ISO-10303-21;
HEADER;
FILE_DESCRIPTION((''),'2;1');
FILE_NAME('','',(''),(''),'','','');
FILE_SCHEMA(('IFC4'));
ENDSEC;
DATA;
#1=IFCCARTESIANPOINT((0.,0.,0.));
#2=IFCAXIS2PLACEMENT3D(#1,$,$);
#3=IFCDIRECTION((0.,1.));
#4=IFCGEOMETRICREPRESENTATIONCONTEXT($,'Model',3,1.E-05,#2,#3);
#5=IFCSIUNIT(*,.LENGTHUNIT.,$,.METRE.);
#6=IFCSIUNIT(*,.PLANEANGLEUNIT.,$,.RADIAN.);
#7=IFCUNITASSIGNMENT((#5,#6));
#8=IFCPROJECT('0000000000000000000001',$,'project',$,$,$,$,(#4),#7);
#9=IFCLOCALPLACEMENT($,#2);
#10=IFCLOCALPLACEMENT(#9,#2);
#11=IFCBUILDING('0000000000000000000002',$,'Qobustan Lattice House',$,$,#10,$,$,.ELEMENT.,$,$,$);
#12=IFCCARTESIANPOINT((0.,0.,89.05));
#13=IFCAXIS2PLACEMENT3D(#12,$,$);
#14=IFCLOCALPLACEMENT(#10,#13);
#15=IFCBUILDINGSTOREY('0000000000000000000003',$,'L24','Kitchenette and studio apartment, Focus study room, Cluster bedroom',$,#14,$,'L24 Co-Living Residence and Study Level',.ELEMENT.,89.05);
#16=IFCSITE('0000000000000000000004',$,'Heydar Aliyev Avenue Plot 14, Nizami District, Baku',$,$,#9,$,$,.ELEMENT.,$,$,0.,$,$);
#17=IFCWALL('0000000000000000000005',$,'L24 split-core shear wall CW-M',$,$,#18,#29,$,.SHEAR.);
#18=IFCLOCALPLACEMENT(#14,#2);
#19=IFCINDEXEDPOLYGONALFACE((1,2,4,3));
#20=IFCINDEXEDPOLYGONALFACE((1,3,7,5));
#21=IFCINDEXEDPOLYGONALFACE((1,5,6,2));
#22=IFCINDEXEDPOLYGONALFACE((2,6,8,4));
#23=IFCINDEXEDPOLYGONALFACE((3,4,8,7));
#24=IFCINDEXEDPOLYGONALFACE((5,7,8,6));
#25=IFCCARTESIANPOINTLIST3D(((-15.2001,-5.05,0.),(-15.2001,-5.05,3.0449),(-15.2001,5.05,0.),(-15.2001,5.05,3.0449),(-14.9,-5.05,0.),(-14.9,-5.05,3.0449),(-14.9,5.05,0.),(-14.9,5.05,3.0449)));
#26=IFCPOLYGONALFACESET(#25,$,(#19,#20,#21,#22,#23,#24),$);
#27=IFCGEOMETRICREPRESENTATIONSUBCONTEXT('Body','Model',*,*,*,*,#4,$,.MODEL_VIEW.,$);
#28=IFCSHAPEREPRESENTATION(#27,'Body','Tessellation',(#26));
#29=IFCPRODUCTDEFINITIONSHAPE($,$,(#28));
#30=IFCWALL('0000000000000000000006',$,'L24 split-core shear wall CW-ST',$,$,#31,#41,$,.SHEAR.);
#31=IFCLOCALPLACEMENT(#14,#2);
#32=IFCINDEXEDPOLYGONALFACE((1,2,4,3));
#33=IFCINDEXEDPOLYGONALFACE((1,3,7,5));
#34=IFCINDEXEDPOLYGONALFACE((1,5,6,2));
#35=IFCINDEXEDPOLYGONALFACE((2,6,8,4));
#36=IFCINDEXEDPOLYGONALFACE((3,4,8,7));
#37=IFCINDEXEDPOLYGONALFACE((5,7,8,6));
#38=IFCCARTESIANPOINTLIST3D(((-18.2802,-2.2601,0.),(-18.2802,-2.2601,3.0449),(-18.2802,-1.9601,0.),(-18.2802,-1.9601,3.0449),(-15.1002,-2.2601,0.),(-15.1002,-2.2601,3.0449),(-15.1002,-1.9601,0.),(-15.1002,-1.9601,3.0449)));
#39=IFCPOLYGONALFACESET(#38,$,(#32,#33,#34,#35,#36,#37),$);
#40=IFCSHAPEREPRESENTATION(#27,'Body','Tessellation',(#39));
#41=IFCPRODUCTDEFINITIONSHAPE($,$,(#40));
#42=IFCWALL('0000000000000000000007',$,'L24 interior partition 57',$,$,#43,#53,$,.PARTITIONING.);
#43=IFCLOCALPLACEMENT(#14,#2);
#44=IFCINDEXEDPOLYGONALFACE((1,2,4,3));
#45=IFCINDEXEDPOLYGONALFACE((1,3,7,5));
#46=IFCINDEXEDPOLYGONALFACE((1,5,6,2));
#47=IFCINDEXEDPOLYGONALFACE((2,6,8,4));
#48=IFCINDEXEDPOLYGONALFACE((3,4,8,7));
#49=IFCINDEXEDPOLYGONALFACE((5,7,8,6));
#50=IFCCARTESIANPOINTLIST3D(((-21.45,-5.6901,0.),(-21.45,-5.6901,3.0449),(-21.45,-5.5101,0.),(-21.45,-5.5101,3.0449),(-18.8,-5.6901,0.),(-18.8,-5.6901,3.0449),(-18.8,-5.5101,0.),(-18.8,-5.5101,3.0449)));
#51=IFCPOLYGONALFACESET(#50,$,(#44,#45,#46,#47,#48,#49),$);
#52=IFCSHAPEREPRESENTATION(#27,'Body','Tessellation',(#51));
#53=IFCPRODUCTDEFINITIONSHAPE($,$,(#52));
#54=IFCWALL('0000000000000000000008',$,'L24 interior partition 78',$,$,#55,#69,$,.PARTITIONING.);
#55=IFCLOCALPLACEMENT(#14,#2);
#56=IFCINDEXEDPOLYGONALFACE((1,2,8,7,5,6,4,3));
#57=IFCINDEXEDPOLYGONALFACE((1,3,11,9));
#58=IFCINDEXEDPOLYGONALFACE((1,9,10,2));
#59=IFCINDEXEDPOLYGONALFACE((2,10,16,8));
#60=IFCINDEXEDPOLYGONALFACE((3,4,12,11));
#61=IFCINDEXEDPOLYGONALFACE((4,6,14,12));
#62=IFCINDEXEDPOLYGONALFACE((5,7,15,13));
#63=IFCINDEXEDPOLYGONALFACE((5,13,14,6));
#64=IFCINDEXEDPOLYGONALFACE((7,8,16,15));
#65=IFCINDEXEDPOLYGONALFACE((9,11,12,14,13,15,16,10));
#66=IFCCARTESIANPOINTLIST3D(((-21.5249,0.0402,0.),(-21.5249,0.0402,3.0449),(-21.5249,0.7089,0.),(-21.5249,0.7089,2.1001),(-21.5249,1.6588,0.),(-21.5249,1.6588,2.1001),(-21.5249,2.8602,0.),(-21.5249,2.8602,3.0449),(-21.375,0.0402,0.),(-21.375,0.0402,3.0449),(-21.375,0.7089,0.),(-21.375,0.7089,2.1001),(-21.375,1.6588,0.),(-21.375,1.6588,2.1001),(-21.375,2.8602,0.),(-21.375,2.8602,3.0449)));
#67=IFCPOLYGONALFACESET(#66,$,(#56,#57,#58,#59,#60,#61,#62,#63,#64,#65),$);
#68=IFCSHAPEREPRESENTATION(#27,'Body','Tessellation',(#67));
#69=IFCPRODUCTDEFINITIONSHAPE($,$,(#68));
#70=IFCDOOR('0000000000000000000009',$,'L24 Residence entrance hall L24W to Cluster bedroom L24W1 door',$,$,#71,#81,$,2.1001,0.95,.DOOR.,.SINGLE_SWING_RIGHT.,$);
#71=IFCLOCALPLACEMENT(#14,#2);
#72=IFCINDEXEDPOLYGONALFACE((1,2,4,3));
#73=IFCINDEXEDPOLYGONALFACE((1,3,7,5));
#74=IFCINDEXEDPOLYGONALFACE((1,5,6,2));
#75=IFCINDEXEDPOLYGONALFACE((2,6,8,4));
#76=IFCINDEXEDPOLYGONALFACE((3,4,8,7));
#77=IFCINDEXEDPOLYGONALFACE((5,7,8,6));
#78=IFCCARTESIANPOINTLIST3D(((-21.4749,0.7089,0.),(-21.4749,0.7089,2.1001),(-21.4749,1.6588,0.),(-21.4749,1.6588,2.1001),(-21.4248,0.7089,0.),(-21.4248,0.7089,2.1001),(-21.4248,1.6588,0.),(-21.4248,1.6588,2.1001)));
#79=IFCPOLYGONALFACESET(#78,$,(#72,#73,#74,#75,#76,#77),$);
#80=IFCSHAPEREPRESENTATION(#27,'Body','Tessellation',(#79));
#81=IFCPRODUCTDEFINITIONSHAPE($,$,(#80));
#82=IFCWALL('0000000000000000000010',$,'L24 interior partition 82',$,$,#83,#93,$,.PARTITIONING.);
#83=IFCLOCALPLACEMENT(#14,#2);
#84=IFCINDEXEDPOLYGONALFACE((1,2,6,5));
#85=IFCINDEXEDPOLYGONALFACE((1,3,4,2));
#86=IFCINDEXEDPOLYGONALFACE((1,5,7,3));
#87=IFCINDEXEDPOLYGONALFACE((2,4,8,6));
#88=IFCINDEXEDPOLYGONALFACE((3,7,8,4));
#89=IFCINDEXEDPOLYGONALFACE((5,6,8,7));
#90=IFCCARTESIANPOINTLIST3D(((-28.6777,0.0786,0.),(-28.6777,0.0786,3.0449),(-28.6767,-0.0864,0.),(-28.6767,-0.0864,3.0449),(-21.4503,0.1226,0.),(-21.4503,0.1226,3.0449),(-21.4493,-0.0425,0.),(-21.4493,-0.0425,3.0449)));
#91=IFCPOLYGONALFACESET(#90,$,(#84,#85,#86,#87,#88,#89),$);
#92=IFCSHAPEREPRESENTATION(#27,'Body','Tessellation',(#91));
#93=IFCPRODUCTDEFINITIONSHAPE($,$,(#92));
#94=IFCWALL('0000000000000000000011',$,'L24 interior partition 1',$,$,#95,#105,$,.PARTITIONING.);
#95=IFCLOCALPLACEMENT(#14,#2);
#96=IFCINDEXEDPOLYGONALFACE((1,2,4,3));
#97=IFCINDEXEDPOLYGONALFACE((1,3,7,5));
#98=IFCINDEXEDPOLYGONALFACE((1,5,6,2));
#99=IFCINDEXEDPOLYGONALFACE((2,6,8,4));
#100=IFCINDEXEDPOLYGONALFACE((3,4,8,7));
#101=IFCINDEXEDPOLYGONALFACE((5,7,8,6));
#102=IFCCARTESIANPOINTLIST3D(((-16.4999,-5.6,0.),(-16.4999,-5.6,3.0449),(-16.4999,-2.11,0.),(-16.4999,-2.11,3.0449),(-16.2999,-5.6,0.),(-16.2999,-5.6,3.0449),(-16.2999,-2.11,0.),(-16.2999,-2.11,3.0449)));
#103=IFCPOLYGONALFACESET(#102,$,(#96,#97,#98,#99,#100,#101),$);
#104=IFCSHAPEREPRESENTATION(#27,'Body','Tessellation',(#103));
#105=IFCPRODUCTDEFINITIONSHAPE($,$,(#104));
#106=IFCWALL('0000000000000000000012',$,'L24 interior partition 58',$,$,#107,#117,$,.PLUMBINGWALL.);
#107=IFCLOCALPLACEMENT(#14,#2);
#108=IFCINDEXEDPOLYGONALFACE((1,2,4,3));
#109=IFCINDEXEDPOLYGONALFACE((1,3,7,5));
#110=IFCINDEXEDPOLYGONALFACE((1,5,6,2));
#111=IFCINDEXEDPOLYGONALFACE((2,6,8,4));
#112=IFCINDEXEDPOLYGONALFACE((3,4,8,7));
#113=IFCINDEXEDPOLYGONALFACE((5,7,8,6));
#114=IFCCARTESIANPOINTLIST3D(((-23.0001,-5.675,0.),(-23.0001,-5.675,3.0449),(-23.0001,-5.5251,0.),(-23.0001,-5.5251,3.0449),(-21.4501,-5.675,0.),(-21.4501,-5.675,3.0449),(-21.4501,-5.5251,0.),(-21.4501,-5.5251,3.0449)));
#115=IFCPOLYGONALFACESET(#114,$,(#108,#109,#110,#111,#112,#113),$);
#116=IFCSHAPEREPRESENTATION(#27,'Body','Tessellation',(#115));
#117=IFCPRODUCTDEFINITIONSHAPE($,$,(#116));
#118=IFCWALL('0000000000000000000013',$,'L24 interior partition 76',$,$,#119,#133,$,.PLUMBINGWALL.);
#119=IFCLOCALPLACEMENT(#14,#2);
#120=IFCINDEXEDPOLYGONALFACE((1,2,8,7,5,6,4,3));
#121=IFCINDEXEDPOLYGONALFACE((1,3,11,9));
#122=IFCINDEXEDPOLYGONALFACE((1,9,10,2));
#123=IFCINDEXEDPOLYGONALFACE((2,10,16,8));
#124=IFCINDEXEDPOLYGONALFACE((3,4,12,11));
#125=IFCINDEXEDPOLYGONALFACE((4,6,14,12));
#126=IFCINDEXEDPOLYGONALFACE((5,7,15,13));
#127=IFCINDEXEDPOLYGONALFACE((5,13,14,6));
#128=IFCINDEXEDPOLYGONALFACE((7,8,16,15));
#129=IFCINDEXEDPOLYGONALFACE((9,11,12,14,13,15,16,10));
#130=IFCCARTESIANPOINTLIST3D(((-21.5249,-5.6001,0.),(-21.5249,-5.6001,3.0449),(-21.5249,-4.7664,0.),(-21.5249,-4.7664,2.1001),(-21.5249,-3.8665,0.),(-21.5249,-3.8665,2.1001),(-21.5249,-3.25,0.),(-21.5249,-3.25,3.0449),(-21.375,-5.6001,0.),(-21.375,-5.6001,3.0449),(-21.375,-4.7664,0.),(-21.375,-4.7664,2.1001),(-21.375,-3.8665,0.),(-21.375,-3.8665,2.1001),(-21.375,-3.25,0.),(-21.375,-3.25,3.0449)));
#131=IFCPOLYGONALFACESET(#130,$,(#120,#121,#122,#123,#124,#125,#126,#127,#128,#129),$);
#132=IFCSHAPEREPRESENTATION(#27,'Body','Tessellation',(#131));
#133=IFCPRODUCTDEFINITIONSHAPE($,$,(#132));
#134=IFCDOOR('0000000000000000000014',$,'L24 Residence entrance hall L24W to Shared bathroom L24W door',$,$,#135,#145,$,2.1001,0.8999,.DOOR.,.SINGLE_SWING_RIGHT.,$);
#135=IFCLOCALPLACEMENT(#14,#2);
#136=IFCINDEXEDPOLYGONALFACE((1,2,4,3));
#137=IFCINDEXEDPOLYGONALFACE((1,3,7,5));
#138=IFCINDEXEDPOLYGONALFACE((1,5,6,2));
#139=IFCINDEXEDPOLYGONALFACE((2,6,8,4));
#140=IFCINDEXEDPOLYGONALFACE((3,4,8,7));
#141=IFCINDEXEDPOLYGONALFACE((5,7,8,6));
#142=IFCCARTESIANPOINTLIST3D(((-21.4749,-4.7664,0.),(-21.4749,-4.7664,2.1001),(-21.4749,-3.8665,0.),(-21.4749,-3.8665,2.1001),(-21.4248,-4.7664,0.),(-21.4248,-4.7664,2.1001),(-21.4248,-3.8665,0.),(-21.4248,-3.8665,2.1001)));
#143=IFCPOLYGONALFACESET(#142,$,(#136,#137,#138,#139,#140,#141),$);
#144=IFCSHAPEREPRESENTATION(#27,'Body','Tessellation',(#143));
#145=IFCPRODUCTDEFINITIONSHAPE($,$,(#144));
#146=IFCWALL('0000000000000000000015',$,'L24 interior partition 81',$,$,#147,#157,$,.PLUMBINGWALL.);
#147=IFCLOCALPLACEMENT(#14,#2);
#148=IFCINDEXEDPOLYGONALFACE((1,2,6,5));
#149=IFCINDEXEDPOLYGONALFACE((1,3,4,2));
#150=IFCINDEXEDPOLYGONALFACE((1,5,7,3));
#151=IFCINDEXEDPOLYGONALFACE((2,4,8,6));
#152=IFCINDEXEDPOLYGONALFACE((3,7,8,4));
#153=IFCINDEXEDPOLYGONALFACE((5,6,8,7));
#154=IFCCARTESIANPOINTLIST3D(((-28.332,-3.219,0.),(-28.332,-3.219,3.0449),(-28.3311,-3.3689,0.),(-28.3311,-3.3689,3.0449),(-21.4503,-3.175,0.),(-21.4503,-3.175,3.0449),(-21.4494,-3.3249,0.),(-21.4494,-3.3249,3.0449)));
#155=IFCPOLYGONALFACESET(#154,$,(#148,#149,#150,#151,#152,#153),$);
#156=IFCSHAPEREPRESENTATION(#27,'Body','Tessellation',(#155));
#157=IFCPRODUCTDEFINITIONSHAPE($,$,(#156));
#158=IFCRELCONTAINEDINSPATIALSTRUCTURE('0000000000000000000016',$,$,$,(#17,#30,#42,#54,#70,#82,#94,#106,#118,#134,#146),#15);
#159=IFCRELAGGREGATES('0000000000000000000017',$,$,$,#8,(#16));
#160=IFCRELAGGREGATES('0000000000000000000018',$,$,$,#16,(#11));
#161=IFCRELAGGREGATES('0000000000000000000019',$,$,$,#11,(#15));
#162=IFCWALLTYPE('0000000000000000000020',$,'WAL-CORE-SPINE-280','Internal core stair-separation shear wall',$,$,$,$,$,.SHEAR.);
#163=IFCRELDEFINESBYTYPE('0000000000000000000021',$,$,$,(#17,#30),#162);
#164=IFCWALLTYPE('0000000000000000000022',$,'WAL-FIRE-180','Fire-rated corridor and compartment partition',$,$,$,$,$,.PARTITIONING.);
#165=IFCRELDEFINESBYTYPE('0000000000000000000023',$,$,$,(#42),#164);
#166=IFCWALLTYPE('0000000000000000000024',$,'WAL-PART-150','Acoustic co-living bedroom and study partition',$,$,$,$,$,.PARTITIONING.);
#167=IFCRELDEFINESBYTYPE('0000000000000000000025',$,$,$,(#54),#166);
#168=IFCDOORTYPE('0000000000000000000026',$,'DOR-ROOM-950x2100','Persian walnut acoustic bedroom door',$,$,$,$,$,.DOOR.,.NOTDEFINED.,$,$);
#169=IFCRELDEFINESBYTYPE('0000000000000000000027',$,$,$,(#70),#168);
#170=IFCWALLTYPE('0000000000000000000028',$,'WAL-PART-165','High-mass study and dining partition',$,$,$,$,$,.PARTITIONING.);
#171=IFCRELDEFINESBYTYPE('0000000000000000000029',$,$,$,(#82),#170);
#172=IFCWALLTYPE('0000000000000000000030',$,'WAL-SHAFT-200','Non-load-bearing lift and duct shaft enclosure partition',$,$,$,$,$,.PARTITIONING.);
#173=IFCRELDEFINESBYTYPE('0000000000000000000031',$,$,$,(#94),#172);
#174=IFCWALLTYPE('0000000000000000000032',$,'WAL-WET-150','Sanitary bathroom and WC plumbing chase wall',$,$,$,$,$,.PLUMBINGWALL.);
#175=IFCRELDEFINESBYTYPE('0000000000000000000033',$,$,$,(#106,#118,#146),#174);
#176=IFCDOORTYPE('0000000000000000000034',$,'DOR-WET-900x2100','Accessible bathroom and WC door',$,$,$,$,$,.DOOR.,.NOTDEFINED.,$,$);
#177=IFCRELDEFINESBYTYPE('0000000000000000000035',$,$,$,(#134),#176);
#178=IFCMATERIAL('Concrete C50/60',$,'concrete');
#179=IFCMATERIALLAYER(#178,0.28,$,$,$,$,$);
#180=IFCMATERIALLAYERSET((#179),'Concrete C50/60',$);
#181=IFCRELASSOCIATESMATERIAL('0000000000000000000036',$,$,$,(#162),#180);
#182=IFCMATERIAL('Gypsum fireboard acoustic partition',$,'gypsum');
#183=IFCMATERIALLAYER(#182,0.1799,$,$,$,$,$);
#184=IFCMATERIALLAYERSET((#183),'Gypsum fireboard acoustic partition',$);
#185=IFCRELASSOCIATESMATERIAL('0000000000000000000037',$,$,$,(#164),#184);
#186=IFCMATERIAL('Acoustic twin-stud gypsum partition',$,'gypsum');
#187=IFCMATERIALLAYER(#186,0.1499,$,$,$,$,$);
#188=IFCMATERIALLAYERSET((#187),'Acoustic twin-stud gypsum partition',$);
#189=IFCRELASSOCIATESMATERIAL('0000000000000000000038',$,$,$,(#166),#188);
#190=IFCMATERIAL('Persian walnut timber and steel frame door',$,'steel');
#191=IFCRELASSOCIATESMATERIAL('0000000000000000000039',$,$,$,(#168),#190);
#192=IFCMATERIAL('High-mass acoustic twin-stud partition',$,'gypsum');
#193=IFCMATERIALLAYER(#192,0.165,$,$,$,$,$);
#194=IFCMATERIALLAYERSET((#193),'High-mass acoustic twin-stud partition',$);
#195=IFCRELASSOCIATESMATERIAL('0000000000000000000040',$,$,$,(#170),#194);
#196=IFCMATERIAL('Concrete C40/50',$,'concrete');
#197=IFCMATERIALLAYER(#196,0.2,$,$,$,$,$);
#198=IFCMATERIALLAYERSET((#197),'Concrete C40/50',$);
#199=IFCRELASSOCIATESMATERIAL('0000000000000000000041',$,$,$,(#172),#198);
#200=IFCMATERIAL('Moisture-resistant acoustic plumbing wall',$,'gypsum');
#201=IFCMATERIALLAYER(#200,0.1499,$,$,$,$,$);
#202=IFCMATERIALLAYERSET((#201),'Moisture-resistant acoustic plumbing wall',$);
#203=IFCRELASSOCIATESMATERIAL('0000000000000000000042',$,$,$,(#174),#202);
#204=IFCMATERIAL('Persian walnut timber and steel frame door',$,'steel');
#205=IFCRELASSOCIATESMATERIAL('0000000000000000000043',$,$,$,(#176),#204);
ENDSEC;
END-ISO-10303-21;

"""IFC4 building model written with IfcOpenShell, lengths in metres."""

from ifc_helpers import new_model, si_unit, direction, frame, frame_2d, origin, place, context, subcontext, project, spatial, rectangle, extrude, material, layer, layer_set, type_object, element, fill, save


model = new_model("IFC4")

# Units and contexts
model_context = context("Model", 3, precision=1e-05, world=origin(), true_north=direction((0.0, 1.0)))
body_context = subcontext(model_context, "Body", "Model", "MODEL_VIEW")
ifc_project = project(units=[si_unit("LENGTHUNIT", "METRE"), si_unit("PLANEANGLEUNIT", "RADIAN")], contexts=[model_context])

# Site, building, storey
site_placement = place(None, origin())
site = spatial("IfcSite", under=ifc_project, at=site_placement, Name="Heydar Aliyev Avenue Plot 14, Nizami District, Baku", CompositionType="ELEMENT", RefElevation=0.0)
building_placement = place(site_placement, origin())
building = spatial("IfcBuilding", under=site, at=building_placement, Name="Qobustan Lattice House", CompositionType="ELEMENT")
storey_placement = place(building_placement, frame((0.0, 0.0, 89.05)))
storey = spatial("IfcBuildingStorey", under=building, at=storey_placement, Name="L24", Description="Kitchenette and studio apartment, Focus study room, Cluster bedroom", LongName="L24 Co-Living Residence and Study Level", CompositionType="ELEMENT", Elevation=89.05)

# Walls
ifc_material_1 = material(Name="Concrete C50/60", Category="concrete")
ifc_layer_1 = layer(ifc_material_1, 0.28)
ifc_layer_set_1 = layer_set([ifc_layer_1], Name="Concrete C50/60")
wall_type_1 = type_object("IfcWallType", Name="WAL-CORE-SPINE-280", Description="Internal core stair-separation shear wall", PredefinedType="SHEAR", material=ifc_layer_set_1)
wall_1_placement = place(storey_placement, frame((-15.05, -5.05, 0.0), z_axis=(0.0, 0.0, 1.0), x_axis=(0.0, 1.0, 0.0)))
element("IfcWall", 1, at=wall_1_placement, inside=storey, type_object=wall_type_1, Name="L24 split-core shear wall CW-M", PredefinedType="SHEAR", context=body_context, shape_type="SweptSolid", body=[
    extrude(rectangle(XDim=10.1001, YDim=0.3, at=frame_2d((5.05, 0.0))), origin(), (0.0, 0.0, 1.0), 3.0449),
])
wall_2_placement = place(storey_placement, frame((-18.28, -2.1101, 0.0), z_axis=(0.0, 0.0, 1.0), x_axis=(1.0, 0.0, 0.0)))
element("IfcWall", 2, at=wall_2_placement, inside=storey, type_object=wall_type_1, Name="L24 split-core shear wall CW-ST", PredefinedType="SHEAR", context=body_context, shape_type="SweptSolid", body=[
    extrude(rectangle(XDim=3.1799, YDim=0.3, at=frame_2d((1.5898, 0.0))), origin(), (0.0, 0.0, 1.0), 3.0449),
])
ifc_material_2 = material(Name="Gypsum fireboard acoustic partition", Category="gypsum")
ifc_layer_2 = layer(ifc_material_2, 0.1799)
ifc_layer_set_2 = layer_set([ifc_layer_2], Name="Gypsum fireboard acoustic partition")
wall_type_2 = type_object("IfcWallType", Name="WAL-FIRE-180", Description="Fire-rated corridor and compartment partition", PredefinedType="PARTITIONING", material=ifc_layer_set_2)
wall_3_placement = place(storey_placement, frame((-21.45, -5.6001, 0.0), z_axis=(0.0, 0.0, 1.0), x_axis=(1.0, 0.0, 0.0)))
element("IfcWall", 3, at=wall_3_placement, inside=storey, type_object=wall_type_2, Name="L24 interior partition 57", PredefinedType="PARTITIONING", context=body_context, shape_type="SweptSolid", body=[
    extrude(rectangle(XDim=2.6499, YDim=0.1799, at=frame_2d((1.325, 0.0))), origin(), (0.0, 0.0, 1.0), 3.0449),
])

# Wall, opening, door
ifc_material_3 = material(Name="Acoustic twin-stud gypsum partition", Category="gypsum")
ifc_layer_3 = layer(ifc_material_3, 0.1499)
ifc_layer_set_3 = layer_set([ifc_layer_3], Name="Acoustic twin-stud gypsum partition")
wall_type_3 = type_object("IfcWallType", Name="WAL-PART-150", Description="Acoustic co-living bedroom and study partition", PredefinedType="PARTITIONING", material=ifc_layer_set_3)
wall_4_placement = place(storey_placement, frame((-21.45, 0.04, 0.0), z_axis=(0.0, 0.0, 1.0), x_axis=(0.0, 1.0, 0.0)))
wall_4 = element("IfcWall", 4, at=wall_4_placement, inside=storey, type_object=wall_type_3, Name="L24 interior partition 78", PredefinedType="PARTITIONING", context=body_context, shape_type="SweptSolid", body=[
    extrude(rectangle(XDim=2.8201, YDim=0.1499, at=frame_2d((1.4102, 0.0))), origin(), (0.0, 0.0, 1.0), 3.0449),
])
opening_1_placement = place(wall_4_placement, frame((0.6687, 0.0, 0.0)))
opening_1 = element("IfcOpeningElement", 5, at=opening_1_placement, cuts=wall_4, PredefinedType="OPENING", context=body_context, shape_type="SweptSolid", body=[
    extrude(rectangle(XDim=0.95, YDim=2.1001, at=frame_2d((0.4751, 1.05))), frame((0.0, 0.085, 0.0), z_axis=(0.0, -1.0, 0.0), x_axis=(1.0, 0.0, 0.0)), (0.0, 0.0, 1.0), 0.1699),
])
ifc_material_4 = material(Name="Persian walnut timber and steel frame door", Category="steel")
door_type_1 = type_object("IfcDoorType", Name="DOR-ROOM-950x2100", Description="Persian walnut acoustic bedroom door", OperationType="NOTDEFINED", PredefinedType="DOOR", material=ifc_material_4)
door_1_placement = place(opening_1_placement, origin())
door_1 = element("IfcDoor", 6, at=door_1_placement, inside=storey, type_object=door_type_1, Name="L24 Residence entrance hall L24W to Cluster bedroom L24W1 door", OperationType="SINGLE_SWING_RIGHT", OverallHeight=2.1001, OverallWidth=0.95, PredefinedType="DOOR", context=body_context, shape_type="SweptSolid", body=[
    extrude(rectangle(XDim=0.95, YDim=2.1001, at=frame_2d((0.4751, 1.05))), frame((0.0, 0.0249, 0.0), z_axis=(0.0, -1.0, 0.0), x_axis=(1.0, 0.0, 0.0)), (0.0, 0.0, 1.0), 0.05),
])
fill(opening_1, door_1)
ifc_material_5 = material(Name="High-mass acoustic twin-stud partition", Category="gypsum")
ifc_layer_4 = layer(ifc_material_5, 0.165)
ifc_layer_set_4 = layer_set([ifc_layer_4], Name="High-mass acoustic twin-stud partition")
wall_type_4 = type_object("IfcWallType", Name="WAL-PART-165", Description="High-mass study and dining partition", PredefinedType="PARTITIONING", material=ifc_layer_set_4)

# Walls
wall_5_placement = place(storey_placement, frame((-28.6772, -0.0039, 0.0), z_axis=(0.0, 0.0, 1.0), x_axis=(0.999982, 0.00608, 0.0)))
element("IfcWall", 7, at=wall_5_placement, inside=storey, type_object=wall_type_4, Name="L24 interior partition 82", PredefinedType="PARTITIONING", context=body_context, shape_type="SweptSolid", body=[
    extrude(rectangle(XDim=7.2275, YDim=0.165, at=frame_2d((3.6138, 0.0))), origin(), (0.0, 0.0, 1.0), 3.0449),
])
ifc_material_6 = material(Name="Concrete C40/50", Category="concrete")
ifc_layer_5 = layer(ifc_material_6, 0.2)
ifc_layer_set_5 = layer_set([ifc_layer_5], Name="Concrete C40/50")
wall_type_5 = type_object("IfcWallType", Name="WAL-SHAFT-200", Description="Non-load-bearing lift and duct shaft enclosure partition", PredefinedType="PARTITIONING", material=ifc_layer_set_5)
wall_6_placement = place(storey_placement, frame((-16.3999, -5.6001, 0.0), z_axis=(0.0, 0.0, 1.0), x_axis=(0.0, 1.0, 0.0)))
element("IfcWall", 8, at=wall_6_placement, inside=storey, type_object=wall_type_5, Name="L24 interior partition 1", PredefinedType="PARTITIONING", context=body_context, shape_type="SweptSolid", body=[
    extrude(rectangle(XDim=3.49, YDim=0.2, at=frame_2d((1.7451, 0.0))), origin(), (0.0, 0.0, 1.0), 3.0449),
])
ifc_material_7 = material(Name="Moisture-resistant acoustic plumbing wall", Category="gypsum")
ifc_layer_6 = layer(ifc_material_7, 0.1499)
ifc_layer_set_6 = layer_set([ifc_layer_6], Name="Moisture-resistant acoustic plumbing wall")
wall_type_6 = type_object("IfcWallType", Name="WAL-WET-150", Description="Sanitary bathroom and WC plumbing chase wall", PredefinedType="PLUMBINGWALL", material=ifc_layer_set_6)
wall_7_placement = place(storey_placement, frame((-23.0, -5.6001, 0.0), z_axis=(0.0, 0.0, 1.0), x_axis=(1.0, 0.0, 0.0)))
element("IfcWall", 9, at=wall_7_placement, inside=storey, type_object=wall_type_6, Name="L24 interior partition 58", PredefinedType="PLUMBINGWALL", context=body_context, shape_type="SweptSolid", body=[
    extrude(rectangle(XDim=1.55, YDim=0.1499, at=frame_2d((0.7749, 0.0))), origin(), (0.0, 0.0, 1.0), 3.0449),
])

# Wall, opening, door
wall_8_placement = place(storey_placement, frame((-21.45, -5.6001, 0.0), z_axis=(0.0, 0.0, 1.0), x_axis=(0.0, 1.0, 0.0)))
wall_8 = element("IfcWall", 10, at=wall_8_placement, inside=storey, type_object=wall_type_6, Name="L24 interior partition 76", PredefinedType="PLUMBINGWALL", context=body_context, shape_type="SweptSolid", body=[
    extrude(rectangle(XDim=2.3501, YDim=0.1499, at=frame_2d((1.175, 0.0))), origin(), (0.0, 0.0, 1.0), 3.0449),
])
opening_2_placement = place(wall_8_placement, frame((0.8337, 0.0, 0.0)))
opening_2 = element("IfcOpeningElement", 11, at=opening_2_placement, cuts=wall_8, PredefinedType="OPENING", context=body_context, shape_type="SweptSolid", body=[
    extrude(rectangle(XDim=0.8999, YDim=2.1001, at=frame_2d((0.45, 1.05))), frame((0.0, 0.085, 0.0), z_axis=(0.0, -1.0, 0.0), x_axis=(1.0, 0.0, 0.0)), (0.0, 0.0, 1.0), 0.1699),
])
ifc_material_8 = material(Name="Persian walnut timber and steel frame door", Category="steel")
door_type_2 = type_object("IfcDoorType", Name="DOR-WET-900x2100", Description="Accessible bathroom and WC door", OperationType="NOTDEFINED", PredefinedType="DOOR", material=ifc_material_8)
door_2_placement = place(opening_2_placement, origin())
door_2 = element("IfcDoor", 12, at=door_2_placement, inside=storey, type_object=door_type_2, Name="L24 Residence entrance hall L24W to Shared bathroom L24W door", OperationType="SINGLE_SWING_RIGHT", OverallHeight=2.1001, OverallWidth=0.8999, PredefinedType="DOOR", context=body_context, shape_type="SweptSolid", body=[
    extrude(rectangle(XDim=0.8999, YDim=2.1001, at=frame_2d((0.45, 1.05))), frame((0.0, 0.0249, 0.0), z_axis=(0.0, -1.0, 0.0), x_axis=(1.0, 0.0, 0.0)), (0.0, 0.0, 1.0), 0.05),
])
fill(opening_2, door_2)

# Wall
wall_9_placement = place(storey_placement, frame((-28.3315, -3.2939, 0.0), z_axis=(0.0, 0.0, 1.0), x_axis=(0.99998, 0.006386, 0.0)))
element("IfcWall", 13, at=wall_9_placement, inside=storey, type_object=wall_type_6, Name="L24 interior partition 81", PredefinedType="PLUMBINGWALL", context=body_context, shape_type="SweptSolid", body=[
    extrude(rectangle(XDim=6.8818, YDim=0.1499, at=frame_2d((3.4409, 0.0))), origin(), (0.0, 0.0, 1.0), 3.0449),
])

save(model, "model.ifc")
